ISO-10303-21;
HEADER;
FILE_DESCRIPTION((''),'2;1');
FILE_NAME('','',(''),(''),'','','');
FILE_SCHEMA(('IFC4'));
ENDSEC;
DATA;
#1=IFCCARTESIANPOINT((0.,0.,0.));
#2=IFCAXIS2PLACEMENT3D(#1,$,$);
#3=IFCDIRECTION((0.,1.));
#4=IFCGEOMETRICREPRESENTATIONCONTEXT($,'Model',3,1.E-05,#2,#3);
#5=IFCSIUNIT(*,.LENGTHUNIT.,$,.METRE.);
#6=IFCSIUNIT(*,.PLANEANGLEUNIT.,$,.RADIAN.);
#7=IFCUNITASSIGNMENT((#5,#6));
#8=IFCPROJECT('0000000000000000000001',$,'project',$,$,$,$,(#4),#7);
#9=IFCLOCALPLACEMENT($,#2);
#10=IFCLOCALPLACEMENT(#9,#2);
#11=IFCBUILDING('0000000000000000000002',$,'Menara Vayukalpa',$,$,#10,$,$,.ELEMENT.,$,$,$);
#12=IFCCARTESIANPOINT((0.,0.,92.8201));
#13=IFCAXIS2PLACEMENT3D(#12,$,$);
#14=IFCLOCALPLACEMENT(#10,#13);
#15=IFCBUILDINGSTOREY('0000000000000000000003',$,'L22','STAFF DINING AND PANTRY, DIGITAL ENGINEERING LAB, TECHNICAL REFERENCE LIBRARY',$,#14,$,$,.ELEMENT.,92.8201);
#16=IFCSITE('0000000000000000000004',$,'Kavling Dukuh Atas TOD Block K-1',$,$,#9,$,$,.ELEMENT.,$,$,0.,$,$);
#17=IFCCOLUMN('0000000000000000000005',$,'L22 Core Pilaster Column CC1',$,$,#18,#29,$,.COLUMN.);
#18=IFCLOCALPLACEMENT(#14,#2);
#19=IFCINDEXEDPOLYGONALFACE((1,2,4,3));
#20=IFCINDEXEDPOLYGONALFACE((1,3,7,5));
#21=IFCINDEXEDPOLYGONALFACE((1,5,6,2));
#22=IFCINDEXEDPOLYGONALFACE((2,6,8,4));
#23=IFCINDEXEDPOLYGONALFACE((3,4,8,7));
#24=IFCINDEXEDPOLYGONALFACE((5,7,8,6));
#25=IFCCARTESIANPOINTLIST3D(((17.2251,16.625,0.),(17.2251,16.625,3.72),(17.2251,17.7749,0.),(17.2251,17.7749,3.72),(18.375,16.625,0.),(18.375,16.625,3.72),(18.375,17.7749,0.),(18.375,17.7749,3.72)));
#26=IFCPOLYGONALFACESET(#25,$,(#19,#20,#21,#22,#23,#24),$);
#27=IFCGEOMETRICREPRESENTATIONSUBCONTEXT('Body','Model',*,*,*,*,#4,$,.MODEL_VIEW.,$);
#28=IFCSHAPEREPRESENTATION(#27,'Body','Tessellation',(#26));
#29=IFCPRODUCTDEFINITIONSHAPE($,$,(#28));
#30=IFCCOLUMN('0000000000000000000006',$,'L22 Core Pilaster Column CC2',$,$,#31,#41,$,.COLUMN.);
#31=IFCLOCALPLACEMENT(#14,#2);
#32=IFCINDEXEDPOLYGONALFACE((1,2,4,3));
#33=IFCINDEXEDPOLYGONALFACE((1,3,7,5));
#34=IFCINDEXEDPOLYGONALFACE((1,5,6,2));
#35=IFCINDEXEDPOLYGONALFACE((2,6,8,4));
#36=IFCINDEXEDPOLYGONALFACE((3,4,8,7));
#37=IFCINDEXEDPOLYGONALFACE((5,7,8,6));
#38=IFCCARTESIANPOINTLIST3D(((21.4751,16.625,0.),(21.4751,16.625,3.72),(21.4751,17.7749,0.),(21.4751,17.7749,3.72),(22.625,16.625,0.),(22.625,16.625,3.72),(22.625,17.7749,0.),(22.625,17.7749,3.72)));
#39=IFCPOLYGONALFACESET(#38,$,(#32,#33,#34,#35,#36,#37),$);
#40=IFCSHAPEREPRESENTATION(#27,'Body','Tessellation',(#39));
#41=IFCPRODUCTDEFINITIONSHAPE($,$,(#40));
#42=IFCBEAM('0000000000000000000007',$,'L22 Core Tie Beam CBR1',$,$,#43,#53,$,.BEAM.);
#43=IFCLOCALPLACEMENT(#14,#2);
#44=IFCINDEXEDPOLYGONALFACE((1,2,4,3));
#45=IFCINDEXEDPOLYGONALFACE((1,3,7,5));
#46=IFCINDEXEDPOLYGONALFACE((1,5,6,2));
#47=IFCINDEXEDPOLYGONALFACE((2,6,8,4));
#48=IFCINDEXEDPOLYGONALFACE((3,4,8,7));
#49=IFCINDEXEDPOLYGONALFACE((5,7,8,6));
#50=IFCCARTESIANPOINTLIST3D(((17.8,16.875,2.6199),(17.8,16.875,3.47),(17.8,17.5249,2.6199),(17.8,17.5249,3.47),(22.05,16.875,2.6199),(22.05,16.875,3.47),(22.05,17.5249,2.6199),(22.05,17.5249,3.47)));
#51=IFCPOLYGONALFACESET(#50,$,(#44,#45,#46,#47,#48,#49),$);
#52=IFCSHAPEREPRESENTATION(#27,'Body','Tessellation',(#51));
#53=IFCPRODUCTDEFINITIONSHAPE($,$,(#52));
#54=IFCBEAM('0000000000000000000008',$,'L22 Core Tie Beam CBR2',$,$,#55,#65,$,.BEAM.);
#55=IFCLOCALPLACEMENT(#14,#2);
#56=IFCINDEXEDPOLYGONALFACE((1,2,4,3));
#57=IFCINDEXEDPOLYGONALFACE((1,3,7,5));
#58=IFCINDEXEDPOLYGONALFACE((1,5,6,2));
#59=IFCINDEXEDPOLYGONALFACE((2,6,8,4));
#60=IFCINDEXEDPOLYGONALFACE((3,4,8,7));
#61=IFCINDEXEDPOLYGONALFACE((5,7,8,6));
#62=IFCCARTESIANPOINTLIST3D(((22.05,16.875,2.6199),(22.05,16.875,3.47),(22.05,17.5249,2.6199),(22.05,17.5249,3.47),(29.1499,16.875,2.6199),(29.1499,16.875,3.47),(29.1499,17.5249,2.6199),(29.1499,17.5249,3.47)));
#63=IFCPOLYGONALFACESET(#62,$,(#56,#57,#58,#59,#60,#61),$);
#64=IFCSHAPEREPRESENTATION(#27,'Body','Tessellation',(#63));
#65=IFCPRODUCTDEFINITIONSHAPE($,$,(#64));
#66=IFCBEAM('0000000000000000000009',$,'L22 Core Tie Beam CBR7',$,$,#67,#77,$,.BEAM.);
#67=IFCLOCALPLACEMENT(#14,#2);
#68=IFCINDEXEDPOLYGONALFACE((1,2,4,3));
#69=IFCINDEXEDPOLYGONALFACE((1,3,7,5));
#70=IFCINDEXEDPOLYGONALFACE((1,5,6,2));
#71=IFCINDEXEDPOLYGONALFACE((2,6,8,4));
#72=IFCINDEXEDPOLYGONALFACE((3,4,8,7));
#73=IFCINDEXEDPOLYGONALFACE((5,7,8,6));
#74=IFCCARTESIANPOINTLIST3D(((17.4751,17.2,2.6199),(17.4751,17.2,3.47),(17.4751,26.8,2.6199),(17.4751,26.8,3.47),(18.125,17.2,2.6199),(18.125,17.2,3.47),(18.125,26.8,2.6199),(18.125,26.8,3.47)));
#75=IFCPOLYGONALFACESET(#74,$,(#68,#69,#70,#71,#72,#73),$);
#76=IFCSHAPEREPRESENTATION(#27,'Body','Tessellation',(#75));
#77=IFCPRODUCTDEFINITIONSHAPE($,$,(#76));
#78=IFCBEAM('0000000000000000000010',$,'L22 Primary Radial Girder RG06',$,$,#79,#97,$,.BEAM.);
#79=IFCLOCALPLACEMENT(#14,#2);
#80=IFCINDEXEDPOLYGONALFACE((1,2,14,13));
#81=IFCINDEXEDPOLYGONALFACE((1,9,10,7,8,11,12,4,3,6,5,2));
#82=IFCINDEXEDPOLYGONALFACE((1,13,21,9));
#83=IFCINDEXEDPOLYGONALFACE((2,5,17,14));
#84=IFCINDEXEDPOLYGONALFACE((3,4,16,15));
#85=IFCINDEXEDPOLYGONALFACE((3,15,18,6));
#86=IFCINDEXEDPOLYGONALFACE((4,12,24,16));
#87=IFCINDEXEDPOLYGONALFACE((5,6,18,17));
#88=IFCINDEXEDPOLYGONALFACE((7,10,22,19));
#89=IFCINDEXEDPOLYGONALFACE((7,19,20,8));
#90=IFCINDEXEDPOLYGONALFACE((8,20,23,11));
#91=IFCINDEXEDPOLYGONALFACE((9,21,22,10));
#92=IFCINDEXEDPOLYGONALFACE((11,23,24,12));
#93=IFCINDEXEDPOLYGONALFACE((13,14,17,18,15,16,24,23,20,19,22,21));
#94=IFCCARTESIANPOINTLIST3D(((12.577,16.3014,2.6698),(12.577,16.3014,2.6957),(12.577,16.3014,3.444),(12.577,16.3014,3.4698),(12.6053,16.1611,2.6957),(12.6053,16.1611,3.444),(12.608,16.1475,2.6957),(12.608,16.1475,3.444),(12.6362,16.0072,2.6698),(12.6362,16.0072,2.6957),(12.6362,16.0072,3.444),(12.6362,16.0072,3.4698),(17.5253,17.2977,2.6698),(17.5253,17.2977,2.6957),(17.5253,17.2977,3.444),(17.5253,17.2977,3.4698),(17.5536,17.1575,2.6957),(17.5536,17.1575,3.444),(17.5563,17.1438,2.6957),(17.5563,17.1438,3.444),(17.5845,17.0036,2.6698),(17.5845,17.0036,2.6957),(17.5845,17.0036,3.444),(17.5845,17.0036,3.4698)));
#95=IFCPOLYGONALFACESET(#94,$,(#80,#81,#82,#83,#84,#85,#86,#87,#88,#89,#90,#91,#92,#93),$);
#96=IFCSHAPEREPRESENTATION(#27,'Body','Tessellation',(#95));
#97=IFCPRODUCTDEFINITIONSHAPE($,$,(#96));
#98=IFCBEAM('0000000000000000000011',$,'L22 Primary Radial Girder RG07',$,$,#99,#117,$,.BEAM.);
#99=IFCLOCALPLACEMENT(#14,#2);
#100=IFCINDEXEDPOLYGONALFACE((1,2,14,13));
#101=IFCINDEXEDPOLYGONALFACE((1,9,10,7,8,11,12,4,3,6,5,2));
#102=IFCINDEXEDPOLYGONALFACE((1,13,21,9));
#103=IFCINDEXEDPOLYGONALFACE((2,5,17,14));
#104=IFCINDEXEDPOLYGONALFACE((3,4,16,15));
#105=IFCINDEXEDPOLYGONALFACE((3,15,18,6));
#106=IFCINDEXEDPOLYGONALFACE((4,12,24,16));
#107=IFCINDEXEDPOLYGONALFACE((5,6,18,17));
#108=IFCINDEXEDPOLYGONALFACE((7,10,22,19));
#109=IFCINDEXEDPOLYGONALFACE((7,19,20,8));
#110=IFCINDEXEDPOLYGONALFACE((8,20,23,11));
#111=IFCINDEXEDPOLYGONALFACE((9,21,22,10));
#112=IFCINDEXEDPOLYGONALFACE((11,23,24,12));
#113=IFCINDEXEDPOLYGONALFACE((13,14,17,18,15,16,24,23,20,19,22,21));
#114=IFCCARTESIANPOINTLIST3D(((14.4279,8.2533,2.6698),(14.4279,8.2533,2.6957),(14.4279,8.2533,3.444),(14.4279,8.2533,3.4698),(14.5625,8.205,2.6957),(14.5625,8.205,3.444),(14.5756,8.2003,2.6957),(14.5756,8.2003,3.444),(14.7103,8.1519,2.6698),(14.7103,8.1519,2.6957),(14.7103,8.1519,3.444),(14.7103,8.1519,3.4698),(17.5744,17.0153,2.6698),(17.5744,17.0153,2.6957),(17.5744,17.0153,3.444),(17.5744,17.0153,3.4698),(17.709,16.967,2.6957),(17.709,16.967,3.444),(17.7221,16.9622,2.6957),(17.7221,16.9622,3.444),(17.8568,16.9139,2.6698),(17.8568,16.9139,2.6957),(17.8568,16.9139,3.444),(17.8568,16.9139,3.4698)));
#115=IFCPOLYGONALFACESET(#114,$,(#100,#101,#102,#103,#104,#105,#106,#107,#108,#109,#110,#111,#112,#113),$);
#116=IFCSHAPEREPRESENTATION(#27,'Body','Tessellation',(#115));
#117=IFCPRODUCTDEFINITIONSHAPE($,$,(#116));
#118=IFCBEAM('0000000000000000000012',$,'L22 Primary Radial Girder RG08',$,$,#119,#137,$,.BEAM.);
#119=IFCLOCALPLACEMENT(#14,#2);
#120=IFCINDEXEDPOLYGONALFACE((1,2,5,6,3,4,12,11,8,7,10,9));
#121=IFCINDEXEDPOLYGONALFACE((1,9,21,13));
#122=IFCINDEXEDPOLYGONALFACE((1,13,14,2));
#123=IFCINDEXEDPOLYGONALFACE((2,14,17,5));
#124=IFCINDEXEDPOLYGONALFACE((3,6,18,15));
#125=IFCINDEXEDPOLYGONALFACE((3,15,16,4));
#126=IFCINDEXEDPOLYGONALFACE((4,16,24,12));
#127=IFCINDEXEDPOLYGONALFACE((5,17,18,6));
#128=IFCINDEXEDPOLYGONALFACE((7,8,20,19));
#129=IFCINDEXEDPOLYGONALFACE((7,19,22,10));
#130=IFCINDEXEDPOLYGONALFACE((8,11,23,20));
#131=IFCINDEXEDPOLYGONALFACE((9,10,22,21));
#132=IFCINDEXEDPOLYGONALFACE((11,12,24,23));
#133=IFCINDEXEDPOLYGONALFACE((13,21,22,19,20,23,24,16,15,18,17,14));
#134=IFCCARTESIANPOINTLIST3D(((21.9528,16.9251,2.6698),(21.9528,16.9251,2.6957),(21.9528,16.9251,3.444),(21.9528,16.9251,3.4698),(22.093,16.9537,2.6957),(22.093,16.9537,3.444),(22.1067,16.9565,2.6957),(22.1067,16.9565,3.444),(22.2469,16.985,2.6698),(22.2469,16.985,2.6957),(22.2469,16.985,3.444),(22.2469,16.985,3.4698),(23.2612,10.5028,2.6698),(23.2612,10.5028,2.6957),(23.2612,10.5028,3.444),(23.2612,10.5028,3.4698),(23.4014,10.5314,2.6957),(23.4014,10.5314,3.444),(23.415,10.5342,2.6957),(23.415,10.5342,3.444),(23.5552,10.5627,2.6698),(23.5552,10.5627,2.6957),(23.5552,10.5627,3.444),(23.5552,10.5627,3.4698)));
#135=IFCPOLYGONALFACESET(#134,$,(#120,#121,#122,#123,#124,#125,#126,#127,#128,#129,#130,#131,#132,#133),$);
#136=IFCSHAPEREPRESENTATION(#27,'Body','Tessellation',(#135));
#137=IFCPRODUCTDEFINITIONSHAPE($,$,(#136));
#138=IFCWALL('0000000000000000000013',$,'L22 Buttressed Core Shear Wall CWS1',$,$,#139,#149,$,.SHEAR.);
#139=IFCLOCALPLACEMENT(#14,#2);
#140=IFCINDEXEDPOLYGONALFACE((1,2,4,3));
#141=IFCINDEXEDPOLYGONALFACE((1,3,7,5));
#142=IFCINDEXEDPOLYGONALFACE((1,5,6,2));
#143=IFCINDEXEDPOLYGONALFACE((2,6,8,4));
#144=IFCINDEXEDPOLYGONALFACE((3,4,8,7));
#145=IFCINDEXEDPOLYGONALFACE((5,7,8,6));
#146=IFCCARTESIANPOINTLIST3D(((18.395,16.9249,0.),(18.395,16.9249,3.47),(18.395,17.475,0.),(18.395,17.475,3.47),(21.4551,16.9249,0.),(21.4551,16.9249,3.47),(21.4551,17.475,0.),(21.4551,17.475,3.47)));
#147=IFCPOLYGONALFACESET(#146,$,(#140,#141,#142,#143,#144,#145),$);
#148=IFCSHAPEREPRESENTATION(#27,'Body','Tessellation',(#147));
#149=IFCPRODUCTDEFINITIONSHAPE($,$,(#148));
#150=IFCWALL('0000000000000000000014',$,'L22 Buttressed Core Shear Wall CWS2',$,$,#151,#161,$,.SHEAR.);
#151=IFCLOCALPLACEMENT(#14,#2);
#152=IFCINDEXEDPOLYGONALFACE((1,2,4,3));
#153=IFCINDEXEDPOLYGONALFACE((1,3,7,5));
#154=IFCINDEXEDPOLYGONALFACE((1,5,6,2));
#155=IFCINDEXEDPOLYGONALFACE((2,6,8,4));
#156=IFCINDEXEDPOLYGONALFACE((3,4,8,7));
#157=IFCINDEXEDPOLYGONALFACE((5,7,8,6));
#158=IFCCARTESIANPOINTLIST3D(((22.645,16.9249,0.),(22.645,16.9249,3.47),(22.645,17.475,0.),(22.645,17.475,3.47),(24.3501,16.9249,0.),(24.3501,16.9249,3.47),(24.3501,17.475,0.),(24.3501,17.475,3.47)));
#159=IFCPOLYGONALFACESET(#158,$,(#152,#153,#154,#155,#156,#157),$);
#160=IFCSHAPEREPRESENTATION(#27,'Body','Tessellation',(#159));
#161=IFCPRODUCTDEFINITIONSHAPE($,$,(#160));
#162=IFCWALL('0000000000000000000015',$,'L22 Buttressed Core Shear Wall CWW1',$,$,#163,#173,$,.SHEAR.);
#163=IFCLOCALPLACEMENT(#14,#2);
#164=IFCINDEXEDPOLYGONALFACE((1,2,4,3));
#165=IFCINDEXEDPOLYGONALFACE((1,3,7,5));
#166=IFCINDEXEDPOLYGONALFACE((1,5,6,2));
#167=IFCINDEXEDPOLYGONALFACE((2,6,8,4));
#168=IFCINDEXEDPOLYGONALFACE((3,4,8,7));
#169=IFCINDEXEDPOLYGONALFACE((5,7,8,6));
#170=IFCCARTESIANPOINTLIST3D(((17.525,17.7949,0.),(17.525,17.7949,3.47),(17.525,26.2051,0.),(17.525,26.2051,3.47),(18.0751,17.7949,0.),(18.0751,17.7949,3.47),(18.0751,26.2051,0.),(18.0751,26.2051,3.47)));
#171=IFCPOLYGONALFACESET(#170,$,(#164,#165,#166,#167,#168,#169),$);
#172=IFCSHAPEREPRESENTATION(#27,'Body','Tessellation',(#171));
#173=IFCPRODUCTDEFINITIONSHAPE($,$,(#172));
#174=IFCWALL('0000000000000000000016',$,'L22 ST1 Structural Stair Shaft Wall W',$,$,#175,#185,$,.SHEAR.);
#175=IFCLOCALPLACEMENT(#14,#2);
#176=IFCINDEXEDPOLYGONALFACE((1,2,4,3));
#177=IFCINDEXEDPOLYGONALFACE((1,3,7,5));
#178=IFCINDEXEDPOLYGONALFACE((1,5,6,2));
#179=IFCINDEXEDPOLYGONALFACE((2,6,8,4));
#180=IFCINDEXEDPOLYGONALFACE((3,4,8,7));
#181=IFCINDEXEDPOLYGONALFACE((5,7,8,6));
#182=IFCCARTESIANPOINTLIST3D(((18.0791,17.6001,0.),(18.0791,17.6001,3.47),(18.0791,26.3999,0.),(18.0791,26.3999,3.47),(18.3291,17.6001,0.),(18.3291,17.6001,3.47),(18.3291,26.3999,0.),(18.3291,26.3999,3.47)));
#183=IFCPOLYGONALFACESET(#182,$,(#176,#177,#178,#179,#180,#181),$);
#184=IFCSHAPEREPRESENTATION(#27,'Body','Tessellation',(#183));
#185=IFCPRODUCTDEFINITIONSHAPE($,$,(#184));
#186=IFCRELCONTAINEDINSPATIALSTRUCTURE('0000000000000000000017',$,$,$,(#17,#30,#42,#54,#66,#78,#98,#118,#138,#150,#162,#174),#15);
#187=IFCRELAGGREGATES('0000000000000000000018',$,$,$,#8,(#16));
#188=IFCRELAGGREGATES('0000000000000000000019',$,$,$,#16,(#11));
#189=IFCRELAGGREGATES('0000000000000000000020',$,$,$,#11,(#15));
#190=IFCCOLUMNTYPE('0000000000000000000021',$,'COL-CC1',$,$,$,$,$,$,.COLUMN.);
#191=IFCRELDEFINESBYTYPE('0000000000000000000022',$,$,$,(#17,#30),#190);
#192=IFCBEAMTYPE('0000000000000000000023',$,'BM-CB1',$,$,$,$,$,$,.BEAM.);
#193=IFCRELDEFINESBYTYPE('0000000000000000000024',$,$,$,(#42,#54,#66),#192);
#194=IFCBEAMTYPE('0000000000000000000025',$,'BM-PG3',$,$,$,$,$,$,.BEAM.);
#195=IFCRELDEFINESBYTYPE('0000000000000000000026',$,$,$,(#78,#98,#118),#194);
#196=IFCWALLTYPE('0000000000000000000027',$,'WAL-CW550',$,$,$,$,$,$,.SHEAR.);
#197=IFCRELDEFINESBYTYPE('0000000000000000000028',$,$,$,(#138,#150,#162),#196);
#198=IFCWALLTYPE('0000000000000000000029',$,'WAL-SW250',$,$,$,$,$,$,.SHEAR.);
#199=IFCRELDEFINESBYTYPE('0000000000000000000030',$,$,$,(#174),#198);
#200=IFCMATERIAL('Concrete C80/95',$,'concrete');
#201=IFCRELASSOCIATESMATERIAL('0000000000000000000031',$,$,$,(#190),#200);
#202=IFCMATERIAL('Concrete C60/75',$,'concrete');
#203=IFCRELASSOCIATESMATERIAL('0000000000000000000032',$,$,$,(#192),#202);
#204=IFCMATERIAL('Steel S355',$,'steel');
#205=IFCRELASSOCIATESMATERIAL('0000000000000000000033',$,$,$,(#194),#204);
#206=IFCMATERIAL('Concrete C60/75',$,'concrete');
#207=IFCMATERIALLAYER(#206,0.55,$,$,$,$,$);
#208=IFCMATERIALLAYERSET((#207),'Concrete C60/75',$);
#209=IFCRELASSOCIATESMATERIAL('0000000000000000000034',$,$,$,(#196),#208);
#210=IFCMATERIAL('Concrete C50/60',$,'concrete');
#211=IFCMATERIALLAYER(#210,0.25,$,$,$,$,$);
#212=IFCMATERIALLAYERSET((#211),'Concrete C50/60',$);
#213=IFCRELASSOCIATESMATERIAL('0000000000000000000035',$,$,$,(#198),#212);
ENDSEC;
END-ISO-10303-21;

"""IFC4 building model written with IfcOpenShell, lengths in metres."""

from ifc_helpers import new_model, si_unit, direction, frame, frame_2d, origin, origin_2d, place, context, subcontext, project, spatial, rectangle, i_section, extrude, material, layer, layer_set, material_profile, profile_set, type_object, element, save


model = new_model("IFC4")

# Units and contexts
model_context = context("Model", 3, precision=1e-05, world=origin(), true_north=direction((0.0, 1.0)))
body_context = subcontext(model_context, "Body", "Model", "MODEL_VIEW")
ifc_project = project(units=[si_unit("LENGTHUNIT", "METRE"), si_unit("PLANEANGLEUNIT", "RADIAN")], contexts=[model_context])

# Site, building, storey
site_placement = place(None, origin())
site = spatial("IfcSite", under=ifc_project, at=site_placement, Name="Kavling Dukuh Atas TOD Block K-1", CompositionType="ELEMENT", RefElevation=0.0)
building_placement = place(site_placement, origin())
building = spatial("IfcBuilding", under=site, at=building_placement, Name="Menara Vayukalpa", CompositionType="ELEMENT")
storey_placement = place(building_placement, frame((0.0, 0.0, 92.8201)))
storey = spatial("IfcBuildingStorey", under=building, at=storey_placement, Name="L22", Description="STAFF DINING AND PANTRY, DIGITAL ENGINEERING LAB, TECHNICAL REFERENCE LIBRARY", CompositionType="ELEMENT", Elevation=92.8201)

# Columns
ifc_material_1 = material(Name="Concrete C80/95", Category="concrete")
ifc_material_profile_1 = material_profile(ifc_material_1, rectangle(XDim=1.1499, YDim=1.1499, at=origin_2d()), Name="RC 1150x1150")
ifc_profile_set_1 = profile_set([ifc_material_profile_1], Name="Concrete C80/95")
column_type = type_object("IfcColumnType", Name="COL-CC1", PredefinedType="COLUMN", material=ifc_profile_set_1)
for number, where, z_axis, x_axis, name in (
    (1, (17.8, 17.2, 0.0), (0.0, 0.0, 1.0), (1.0, 0.0, 0.0), "L22 Core Pilaster Column CC1"),
    (2, (22.05, 17.2, 0.0), (0.0, 0.0, 1.0), (1.0, 0.0, 0.0), "L22 Core Pilaster Column CC2"),
):
    element("IfcColumn", number, at=place(storey_placement, frame(where, z_axis=z_axis, x_axis=x_axis)), inside=storey, type_object=column_type, Name=name, PredefinedType="COLUMN", context=body_context, shape_type="SweptSolid", body=[
        extrude(rectangle(XDim=1.1499, YDim=1.1499, at=origin_2d()), origin(), (0.0, 0.0, 1.0), 3.72),
    ])

# Beams
ifc_material_2 = material(Name="Concrete C60/75", Category="concrete")
ifc_material_profile_2 = material_profile(ifc_material_2, rectangle(XDim=0.6499, YDim=0.8501, at=origin_2d()), Name="RC 650x850")
ifc_profile_set_2 = profile_set([ifc_material_profile_2], Name="Concrete C60/75")
beam_type_1 = type_object("IfcBeamType", Name="BM-CB1", PredefinedType="BEAM", material=ifc_profile_set_2)
beam_1_placement = place(storey_placement, frame((17.8, 17.2, 3.0449), z_axis=(1.0, 0.0, 0.0), x_axis=(0.0, 1.0, 0.0)))
element("IfcBeam", 3, at=beam_1_placement, inside=storey, type_object=beam_type_1, Name="L22 Core Tie Beam CBR1", PredefinedType="BEAM", context=body_context, shape_type="SweptSolid", body=[
    extrude(rectangle(XDim=0.6499, YDim=0.8501, at=origin_2d()), origin(), (0.0, 0.0, 1.0), 4.25),
])
beam_2_placement = place(storey_placement, frame((22.05, 17.2, 3.0449), z_axis=(1.0, 0.0, 0.0), x_axis=(0.0, 1.0, 0.0)))
element("IfcBeam", 4, at=beam_2_placement, inside=storey, type_object=beam_type_1, Name="L22 Core Tie Beam CBR2", PredefinedType="BEAM", context=body_context, shape_type="SweptSolid", body=[
    extrude(rectangle(XDim=0.6499, YDim=0.8501, at=origin_2d()), origin(), (0.0, 0.0, 1.0), 7.0999),
])
beam_3_placement = place(storey_placement, frame((17.8, 17.2, 3.0449), z_axis=(0.0, 1.0, 0.0), x_axis=(-1.0, 0.0, 0.0)))
element("IfcBeam", 5, at=beam_3_placement, inside=storey, type_object=beam_type_1, Name="L22 Core Tie Beam CBR7", PredefinedType="BEAM", context=body_context, shape_type="SweptSolid", body=[
    extrude(rectangle(XDim=0.6499, YDim=0.8501, at=origin_2d()), origin(), (0.0, 0.0, 1.0), 9.6001),
])
ifc_material_3 = material(Name="Steel S355", Category="steel")
ifc_material_profile_3 = material_profile(ifc_material_3, i_section(OverallWidth=0.3, OverallDepth=0.8, WebThickness=0.0139, FlangeThickness=0.0259, at=origin_2d()), Name="WF 800x300x14x26")
ifc_profile_set_3 = profile_set([ifc_material_profile_3], Name="Steel S355")
beam_type_2 = type_object("IfcBeamType", Name="BM-PG3", PredefinedType="BEAM", material=ifc_profile_set_3)
beam_4_placement = place(storey_placement, frame((17.5549, 17.1506, 3.0698), z_axis=(-0.980325, -0.19739, 0.0), x_axis=(0.19739, -0.980325, 0.0)))
element("IfcBeam", 6, at=beam_4_placement, inside=storey, type_object=beam_type_2, Name="L22 Primary Radial Girder RG06", PredefinedType="BEAM", context=body_context, shape_type="SweptSolid", body=[
    extrude(i_section(OverallWidth=0.3, OverallDepth=0.8, WebThickness=0.0139, FlangeThickness=0.0259, at=origin_2d()), origin(), (0.0, 0.0, 1.0), 5.0476),
])
beam_5_placement = place(storey_placement, frame((17.7156, 16.9646, 3.0698), z_axis=(-0.337976, -0.941155, 0.0), x_axis=(0.941155, -0.337976, 0.0)))
element("IfcBeam", 7, at=beam_5_placement, inside=storey, type_object=beam_type_2, Name="L22 Primary Radial Girder RG07", PredefinedType="BEAM", context=body_context, shape_type="SweptSolid", body=[
    extrude(i_section(OverallWidth=0.3, OverallDepth=0.8, WebThickness=0.0139, FlangeThickness=0.0259, at=origin_2d()), origin(), (0.0, 0.0, 1.0), 9.3098),
])
beam_6_placement = place(storey_placement, frame((22.0999, 16.9551, 3.0698), z_axis=(0.199618, -0.979874, 0.0), x_axis=(0.979874, 0.199618, 0.0)))
element("IfcBeam", 8, at=beam_6_placement, inside=storey, type_object=beam_type_2, Name="L22 Primary Radial Girder RG08", PredefinedType="BEAM", context=body_context, shape_type="SweptSolid", body=[
    extrude(i_section(OverallWidth=0.3, OverallDepth=0.8, WebThickness=0.0139, FlangeThickness=0.0259, at=origin_2d()), origin(), (0.0, 0.0, 1.0), 6.5542),
])

# Walls
ifc_material_4 = material(Name="Concrete C60/75", Category="concrete")
ifc_layer_1 = layer(ifc_material_4, 0.55)
ifc_layer_set_1 = layer_set([ifc_layer_1], Name="Concrete C60/75")
wall_type_1 = type_object("IfcWallType", Name="WAL-CW550", PredefinedType="SHEAR", material=ifc_layer_set_1)
wall_1_placement = place(storey_placement, frame((18.395, 17.2, 0.0), z_axis=(0.0, 0.0, 1.0), x_axis=(1.0, 0.0, 0.0)))
element("IfcWall", 9, at=wall_1_placement, inside=storey, type_object=wall_type_1, Name="L22 Buttressed Core Shear Wall CWS1", PredefinedType="SHEAR", context=body_context, shape_type="SweptSolid", body=[
    extrude(rectangle(XDim=3.0601, YDim=0.55, at=frame_2d((1.53, 0.0))), origin(), (0.0, 0.0, 1.0), 3.47),
])
wall_2_placement = place(storey_placement, frame((22.645, 17.2, 0.0), z_axis=(0.0, 0.0, 1.0), x_axis=(1.0, 0.0, 0.0)))
element("IfcWall", 10, at=wall_2_placement, inside=storey, type_object=wall_type_1, Name="L22 Buttressed Core Shear Wall CWS2", PredefinedType="SHEAR", context=body_context, shape_type="SweptSolid", body=[
    extrude(rectangle(XDim=1.7051, YDim=0.55, at=frame_2d((0.8525, 0.0))), origin(), (0.0, 0.0, 1.0), 3.47),
])
wall_3_placement = place(storey_placement, frame((17.8, 17.7949, 0.0), z_axis=(0.0, 0.0, 1.0), x_axis=(0.0, 1.0, 0.0)))
element("IfcWall", 11, at=wall_3_placement, inside=storey, type_object=wall_type_1, Name="L22 Buttressed Core Shear Wall CWW1", PredefinedType="SHEAR", context=body_context, shape_type="SweptSolid", body=[
    extrude(rectangle(XDim=8.4102, YDim=0.55, at=frame_2d((4.2051, 0.0))), origin(), (0.0, 0.0, 1.0), 3.47),
])
ifc_material_5 = material(Name="Concrete C50/60", Category="concrete")
ifc_layer_2 = layer(ifc_material_5, 0.25)
ifc_layer_set_2 = layer_set([ifc_layer_2], Name="Concrete C50/60")
wall_type_2 = type_object("IfcWallType", Name="WAL-SW250", PredefinedType="SHEAR", material=ifc_layer_set_2)
wall_4_placement = place(storey_placement, frame((18.2041, 17.6001, 0.0), z_axis=(0.0, 0.0, 1.0), x_axis=(0.0, 1.0, 0.0)))
element("IfcWall", 12, at=wall_4_placement, inside=storey, type_object=wall_type_2, Name="L22 ST1 Structural Stair Shaft Wall W", PredefinedType="SHEAR", context=body_context, shape_type="SweptSolid", body=[
    extrude(rectangle(XDim=8.7998, YDim=0.25, at=frame_2d((4.3999, 0.0))), origin(), (0.0, 0.0, 1.0), 3.47),
])

save(model, "model.ifc")
